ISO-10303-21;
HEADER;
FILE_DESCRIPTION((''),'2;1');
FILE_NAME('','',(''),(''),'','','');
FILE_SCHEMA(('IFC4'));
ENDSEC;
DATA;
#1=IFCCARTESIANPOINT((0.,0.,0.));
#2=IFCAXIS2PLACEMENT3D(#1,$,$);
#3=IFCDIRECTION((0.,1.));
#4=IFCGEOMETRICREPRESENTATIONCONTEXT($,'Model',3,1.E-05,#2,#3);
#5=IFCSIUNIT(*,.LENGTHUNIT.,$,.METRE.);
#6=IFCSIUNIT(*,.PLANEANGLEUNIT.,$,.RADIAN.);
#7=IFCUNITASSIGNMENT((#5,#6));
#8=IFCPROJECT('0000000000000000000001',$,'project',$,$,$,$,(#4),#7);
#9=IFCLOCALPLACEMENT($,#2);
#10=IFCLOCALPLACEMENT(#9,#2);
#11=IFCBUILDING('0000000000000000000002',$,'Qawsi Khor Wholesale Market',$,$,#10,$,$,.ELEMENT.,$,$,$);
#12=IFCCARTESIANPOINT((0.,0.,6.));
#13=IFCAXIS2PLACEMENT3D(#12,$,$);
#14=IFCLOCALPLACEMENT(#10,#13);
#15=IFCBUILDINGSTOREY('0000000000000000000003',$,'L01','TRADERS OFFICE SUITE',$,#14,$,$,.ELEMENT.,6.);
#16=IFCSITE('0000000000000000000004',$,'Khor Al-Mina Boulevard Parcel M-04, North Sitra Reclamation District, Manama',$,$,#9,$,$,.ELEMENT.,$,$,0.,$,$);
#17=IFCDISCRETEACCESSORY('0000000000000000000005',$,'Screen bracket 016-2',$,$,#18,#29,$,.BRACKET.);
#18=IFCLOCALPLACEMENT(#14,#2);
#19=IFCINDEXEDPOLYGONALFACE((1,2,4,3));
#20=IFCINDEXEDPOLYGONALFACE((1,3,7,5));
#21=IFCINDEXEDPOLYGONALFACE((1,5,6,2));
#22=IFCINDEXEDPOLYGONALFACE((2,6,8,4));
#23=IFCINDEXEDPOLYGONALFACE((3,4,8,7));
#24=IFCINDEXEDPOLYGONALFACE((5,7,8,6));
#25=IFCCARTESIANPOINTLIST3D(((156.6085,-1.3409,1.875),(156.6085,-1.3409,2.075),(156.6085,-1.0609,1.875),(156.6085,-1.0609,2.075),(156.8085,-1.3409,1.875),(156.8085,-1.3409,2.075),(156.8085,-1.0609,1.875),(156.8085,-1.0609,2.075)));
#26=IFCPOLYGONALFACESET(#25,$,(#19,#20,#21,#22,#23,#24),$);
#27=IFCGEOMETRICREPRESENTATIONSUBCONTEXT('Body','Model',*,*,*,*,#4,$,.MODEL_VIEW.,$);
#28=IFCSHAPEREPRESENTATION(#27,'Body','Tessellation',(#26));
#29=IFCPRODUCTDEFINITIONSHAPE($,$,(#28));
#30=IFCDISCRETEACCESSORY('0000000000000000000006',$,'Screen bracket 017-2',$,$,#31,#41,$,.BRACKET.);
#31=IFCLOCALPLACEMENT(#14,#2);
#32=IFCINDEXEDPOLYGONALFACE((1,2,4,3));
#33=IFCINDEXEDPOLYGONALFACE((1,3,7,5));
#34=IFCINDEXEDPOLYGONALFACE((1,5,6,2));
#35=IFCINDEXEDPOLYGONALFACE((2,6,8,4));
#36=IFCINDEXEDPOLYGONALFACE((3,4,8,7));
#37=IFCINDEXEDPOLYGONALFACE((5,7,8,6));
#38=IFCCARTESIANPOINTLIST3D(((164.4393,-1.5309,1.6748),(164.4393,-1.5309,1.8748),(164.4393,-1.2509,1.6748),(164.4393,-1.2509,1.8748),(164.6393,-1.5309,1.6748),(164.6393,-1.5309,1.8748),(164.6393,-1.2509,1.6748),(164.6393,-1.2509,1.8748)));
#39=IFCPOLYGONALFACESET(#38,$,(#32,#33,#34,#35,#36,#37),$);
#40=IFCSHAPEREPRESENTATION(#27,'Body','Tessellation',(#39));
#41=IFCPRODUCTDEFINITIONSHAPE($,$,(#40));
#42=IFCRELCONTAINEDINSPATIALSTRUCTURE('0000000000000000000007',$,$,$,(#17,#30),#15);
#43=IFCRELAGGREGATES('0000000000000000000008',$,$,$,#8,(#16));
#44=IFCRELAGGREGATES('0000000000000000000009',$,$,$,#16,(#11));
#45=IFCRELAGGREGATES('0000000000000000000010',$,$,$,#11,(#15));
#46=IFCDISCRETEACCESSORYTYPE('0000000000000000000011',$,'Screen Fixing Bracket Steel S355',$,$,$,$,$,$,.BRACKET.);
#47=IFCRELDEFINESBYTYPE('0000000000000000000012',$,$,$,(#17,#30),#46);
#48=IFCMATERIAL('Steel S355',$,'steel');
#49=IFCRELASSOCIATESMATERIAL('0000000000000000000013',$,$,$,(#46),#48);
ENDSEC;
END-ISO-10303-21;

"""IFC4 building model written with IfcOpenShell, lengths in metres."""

from ifc_helpers import new_model, si_unit, direction, frame, origin, origin_2d, place, context, subcontext, project, spatial, rectangle, extrude, material, type_object, element, save


model = new_model("IFC4")

# Units and contexts
model_context = context("Model", 3, precision=1e-05, world=origin(), true_north=direction((0.0, 1.0)))
body_context = subcontext(model_context, "Body", "Model", "MODEL_VIEW")
ifc_project = project(units=[si_unit("LENGTHUNIT", "METRE"), si_unit("PLANEANGLEUNIT", "RADIAN")], contexts=[model_context])

# Site, building, storey
site_placement = place(None, origin())
site = spatial("IfcSite", under=ifc_project, at=site_placement, Name="Khor Al-Mina Boulevard Parcel M-04, North Sitra Reclamation District, Manama", CompositionType="ELEMENT", RefElevation=0.0)
building_placement = place(site_placement, origin())
building = spatial("IfcBuilding", under=site, at=building_placement, Name="Qawsi Khor Wholesale Market", CompositionType="ELEMENT")
storey_placement = place(building_placement, frame((0.0, 0.0, 6.0)))
storey = spatial("IfcBuildingStorey", under=building, at=storey_placement, Name="L01", Description="TRADERS OFFICE SUITE", CompositionType="ELEMENT", Elevation=6.0)

# Shared definitions
ifc_material_1 = material(Name="Steel S355", Category="steel")

# Discrete accessories
discrete_accessory_type = type_object("IfcDiscreteAccessoryType", Name="Screen Fixing Bracket Steel S355", PredefinedType="BRACKET", material=ifc_material_1)
for number, where, z_axis, x_axis, name in (
    (1, (156.7085, -1.2009, 1.875), (0.0, 0.0, 1.0), (1.0, 0.0, 0.0), "Screen bracket 016-2"),
    (2, (164.5393, -1.3909, 1.6748), (0.0, 0.0, 1.0), (1.0, 0.0, 0.0), "Screen bracket 017-2"),
):
    element("IfcDiscreteAccessory", number, at=place(storey_placement, frame(where, z_axis=z_axis, x_axis=x_axis)), inside=storey, type_object=discrete_accessory_type, Name=name, PredefinedType="BRACKET", context=body_context, shape_type="SweptSolid", body=[
        extrude(rectangle(XDim=0.2, YDim=0.28, at=origin_2d()), origin(), (0.0, 0.0, 1.0), 0.2),
    ])

save(model, "model.ifc")
